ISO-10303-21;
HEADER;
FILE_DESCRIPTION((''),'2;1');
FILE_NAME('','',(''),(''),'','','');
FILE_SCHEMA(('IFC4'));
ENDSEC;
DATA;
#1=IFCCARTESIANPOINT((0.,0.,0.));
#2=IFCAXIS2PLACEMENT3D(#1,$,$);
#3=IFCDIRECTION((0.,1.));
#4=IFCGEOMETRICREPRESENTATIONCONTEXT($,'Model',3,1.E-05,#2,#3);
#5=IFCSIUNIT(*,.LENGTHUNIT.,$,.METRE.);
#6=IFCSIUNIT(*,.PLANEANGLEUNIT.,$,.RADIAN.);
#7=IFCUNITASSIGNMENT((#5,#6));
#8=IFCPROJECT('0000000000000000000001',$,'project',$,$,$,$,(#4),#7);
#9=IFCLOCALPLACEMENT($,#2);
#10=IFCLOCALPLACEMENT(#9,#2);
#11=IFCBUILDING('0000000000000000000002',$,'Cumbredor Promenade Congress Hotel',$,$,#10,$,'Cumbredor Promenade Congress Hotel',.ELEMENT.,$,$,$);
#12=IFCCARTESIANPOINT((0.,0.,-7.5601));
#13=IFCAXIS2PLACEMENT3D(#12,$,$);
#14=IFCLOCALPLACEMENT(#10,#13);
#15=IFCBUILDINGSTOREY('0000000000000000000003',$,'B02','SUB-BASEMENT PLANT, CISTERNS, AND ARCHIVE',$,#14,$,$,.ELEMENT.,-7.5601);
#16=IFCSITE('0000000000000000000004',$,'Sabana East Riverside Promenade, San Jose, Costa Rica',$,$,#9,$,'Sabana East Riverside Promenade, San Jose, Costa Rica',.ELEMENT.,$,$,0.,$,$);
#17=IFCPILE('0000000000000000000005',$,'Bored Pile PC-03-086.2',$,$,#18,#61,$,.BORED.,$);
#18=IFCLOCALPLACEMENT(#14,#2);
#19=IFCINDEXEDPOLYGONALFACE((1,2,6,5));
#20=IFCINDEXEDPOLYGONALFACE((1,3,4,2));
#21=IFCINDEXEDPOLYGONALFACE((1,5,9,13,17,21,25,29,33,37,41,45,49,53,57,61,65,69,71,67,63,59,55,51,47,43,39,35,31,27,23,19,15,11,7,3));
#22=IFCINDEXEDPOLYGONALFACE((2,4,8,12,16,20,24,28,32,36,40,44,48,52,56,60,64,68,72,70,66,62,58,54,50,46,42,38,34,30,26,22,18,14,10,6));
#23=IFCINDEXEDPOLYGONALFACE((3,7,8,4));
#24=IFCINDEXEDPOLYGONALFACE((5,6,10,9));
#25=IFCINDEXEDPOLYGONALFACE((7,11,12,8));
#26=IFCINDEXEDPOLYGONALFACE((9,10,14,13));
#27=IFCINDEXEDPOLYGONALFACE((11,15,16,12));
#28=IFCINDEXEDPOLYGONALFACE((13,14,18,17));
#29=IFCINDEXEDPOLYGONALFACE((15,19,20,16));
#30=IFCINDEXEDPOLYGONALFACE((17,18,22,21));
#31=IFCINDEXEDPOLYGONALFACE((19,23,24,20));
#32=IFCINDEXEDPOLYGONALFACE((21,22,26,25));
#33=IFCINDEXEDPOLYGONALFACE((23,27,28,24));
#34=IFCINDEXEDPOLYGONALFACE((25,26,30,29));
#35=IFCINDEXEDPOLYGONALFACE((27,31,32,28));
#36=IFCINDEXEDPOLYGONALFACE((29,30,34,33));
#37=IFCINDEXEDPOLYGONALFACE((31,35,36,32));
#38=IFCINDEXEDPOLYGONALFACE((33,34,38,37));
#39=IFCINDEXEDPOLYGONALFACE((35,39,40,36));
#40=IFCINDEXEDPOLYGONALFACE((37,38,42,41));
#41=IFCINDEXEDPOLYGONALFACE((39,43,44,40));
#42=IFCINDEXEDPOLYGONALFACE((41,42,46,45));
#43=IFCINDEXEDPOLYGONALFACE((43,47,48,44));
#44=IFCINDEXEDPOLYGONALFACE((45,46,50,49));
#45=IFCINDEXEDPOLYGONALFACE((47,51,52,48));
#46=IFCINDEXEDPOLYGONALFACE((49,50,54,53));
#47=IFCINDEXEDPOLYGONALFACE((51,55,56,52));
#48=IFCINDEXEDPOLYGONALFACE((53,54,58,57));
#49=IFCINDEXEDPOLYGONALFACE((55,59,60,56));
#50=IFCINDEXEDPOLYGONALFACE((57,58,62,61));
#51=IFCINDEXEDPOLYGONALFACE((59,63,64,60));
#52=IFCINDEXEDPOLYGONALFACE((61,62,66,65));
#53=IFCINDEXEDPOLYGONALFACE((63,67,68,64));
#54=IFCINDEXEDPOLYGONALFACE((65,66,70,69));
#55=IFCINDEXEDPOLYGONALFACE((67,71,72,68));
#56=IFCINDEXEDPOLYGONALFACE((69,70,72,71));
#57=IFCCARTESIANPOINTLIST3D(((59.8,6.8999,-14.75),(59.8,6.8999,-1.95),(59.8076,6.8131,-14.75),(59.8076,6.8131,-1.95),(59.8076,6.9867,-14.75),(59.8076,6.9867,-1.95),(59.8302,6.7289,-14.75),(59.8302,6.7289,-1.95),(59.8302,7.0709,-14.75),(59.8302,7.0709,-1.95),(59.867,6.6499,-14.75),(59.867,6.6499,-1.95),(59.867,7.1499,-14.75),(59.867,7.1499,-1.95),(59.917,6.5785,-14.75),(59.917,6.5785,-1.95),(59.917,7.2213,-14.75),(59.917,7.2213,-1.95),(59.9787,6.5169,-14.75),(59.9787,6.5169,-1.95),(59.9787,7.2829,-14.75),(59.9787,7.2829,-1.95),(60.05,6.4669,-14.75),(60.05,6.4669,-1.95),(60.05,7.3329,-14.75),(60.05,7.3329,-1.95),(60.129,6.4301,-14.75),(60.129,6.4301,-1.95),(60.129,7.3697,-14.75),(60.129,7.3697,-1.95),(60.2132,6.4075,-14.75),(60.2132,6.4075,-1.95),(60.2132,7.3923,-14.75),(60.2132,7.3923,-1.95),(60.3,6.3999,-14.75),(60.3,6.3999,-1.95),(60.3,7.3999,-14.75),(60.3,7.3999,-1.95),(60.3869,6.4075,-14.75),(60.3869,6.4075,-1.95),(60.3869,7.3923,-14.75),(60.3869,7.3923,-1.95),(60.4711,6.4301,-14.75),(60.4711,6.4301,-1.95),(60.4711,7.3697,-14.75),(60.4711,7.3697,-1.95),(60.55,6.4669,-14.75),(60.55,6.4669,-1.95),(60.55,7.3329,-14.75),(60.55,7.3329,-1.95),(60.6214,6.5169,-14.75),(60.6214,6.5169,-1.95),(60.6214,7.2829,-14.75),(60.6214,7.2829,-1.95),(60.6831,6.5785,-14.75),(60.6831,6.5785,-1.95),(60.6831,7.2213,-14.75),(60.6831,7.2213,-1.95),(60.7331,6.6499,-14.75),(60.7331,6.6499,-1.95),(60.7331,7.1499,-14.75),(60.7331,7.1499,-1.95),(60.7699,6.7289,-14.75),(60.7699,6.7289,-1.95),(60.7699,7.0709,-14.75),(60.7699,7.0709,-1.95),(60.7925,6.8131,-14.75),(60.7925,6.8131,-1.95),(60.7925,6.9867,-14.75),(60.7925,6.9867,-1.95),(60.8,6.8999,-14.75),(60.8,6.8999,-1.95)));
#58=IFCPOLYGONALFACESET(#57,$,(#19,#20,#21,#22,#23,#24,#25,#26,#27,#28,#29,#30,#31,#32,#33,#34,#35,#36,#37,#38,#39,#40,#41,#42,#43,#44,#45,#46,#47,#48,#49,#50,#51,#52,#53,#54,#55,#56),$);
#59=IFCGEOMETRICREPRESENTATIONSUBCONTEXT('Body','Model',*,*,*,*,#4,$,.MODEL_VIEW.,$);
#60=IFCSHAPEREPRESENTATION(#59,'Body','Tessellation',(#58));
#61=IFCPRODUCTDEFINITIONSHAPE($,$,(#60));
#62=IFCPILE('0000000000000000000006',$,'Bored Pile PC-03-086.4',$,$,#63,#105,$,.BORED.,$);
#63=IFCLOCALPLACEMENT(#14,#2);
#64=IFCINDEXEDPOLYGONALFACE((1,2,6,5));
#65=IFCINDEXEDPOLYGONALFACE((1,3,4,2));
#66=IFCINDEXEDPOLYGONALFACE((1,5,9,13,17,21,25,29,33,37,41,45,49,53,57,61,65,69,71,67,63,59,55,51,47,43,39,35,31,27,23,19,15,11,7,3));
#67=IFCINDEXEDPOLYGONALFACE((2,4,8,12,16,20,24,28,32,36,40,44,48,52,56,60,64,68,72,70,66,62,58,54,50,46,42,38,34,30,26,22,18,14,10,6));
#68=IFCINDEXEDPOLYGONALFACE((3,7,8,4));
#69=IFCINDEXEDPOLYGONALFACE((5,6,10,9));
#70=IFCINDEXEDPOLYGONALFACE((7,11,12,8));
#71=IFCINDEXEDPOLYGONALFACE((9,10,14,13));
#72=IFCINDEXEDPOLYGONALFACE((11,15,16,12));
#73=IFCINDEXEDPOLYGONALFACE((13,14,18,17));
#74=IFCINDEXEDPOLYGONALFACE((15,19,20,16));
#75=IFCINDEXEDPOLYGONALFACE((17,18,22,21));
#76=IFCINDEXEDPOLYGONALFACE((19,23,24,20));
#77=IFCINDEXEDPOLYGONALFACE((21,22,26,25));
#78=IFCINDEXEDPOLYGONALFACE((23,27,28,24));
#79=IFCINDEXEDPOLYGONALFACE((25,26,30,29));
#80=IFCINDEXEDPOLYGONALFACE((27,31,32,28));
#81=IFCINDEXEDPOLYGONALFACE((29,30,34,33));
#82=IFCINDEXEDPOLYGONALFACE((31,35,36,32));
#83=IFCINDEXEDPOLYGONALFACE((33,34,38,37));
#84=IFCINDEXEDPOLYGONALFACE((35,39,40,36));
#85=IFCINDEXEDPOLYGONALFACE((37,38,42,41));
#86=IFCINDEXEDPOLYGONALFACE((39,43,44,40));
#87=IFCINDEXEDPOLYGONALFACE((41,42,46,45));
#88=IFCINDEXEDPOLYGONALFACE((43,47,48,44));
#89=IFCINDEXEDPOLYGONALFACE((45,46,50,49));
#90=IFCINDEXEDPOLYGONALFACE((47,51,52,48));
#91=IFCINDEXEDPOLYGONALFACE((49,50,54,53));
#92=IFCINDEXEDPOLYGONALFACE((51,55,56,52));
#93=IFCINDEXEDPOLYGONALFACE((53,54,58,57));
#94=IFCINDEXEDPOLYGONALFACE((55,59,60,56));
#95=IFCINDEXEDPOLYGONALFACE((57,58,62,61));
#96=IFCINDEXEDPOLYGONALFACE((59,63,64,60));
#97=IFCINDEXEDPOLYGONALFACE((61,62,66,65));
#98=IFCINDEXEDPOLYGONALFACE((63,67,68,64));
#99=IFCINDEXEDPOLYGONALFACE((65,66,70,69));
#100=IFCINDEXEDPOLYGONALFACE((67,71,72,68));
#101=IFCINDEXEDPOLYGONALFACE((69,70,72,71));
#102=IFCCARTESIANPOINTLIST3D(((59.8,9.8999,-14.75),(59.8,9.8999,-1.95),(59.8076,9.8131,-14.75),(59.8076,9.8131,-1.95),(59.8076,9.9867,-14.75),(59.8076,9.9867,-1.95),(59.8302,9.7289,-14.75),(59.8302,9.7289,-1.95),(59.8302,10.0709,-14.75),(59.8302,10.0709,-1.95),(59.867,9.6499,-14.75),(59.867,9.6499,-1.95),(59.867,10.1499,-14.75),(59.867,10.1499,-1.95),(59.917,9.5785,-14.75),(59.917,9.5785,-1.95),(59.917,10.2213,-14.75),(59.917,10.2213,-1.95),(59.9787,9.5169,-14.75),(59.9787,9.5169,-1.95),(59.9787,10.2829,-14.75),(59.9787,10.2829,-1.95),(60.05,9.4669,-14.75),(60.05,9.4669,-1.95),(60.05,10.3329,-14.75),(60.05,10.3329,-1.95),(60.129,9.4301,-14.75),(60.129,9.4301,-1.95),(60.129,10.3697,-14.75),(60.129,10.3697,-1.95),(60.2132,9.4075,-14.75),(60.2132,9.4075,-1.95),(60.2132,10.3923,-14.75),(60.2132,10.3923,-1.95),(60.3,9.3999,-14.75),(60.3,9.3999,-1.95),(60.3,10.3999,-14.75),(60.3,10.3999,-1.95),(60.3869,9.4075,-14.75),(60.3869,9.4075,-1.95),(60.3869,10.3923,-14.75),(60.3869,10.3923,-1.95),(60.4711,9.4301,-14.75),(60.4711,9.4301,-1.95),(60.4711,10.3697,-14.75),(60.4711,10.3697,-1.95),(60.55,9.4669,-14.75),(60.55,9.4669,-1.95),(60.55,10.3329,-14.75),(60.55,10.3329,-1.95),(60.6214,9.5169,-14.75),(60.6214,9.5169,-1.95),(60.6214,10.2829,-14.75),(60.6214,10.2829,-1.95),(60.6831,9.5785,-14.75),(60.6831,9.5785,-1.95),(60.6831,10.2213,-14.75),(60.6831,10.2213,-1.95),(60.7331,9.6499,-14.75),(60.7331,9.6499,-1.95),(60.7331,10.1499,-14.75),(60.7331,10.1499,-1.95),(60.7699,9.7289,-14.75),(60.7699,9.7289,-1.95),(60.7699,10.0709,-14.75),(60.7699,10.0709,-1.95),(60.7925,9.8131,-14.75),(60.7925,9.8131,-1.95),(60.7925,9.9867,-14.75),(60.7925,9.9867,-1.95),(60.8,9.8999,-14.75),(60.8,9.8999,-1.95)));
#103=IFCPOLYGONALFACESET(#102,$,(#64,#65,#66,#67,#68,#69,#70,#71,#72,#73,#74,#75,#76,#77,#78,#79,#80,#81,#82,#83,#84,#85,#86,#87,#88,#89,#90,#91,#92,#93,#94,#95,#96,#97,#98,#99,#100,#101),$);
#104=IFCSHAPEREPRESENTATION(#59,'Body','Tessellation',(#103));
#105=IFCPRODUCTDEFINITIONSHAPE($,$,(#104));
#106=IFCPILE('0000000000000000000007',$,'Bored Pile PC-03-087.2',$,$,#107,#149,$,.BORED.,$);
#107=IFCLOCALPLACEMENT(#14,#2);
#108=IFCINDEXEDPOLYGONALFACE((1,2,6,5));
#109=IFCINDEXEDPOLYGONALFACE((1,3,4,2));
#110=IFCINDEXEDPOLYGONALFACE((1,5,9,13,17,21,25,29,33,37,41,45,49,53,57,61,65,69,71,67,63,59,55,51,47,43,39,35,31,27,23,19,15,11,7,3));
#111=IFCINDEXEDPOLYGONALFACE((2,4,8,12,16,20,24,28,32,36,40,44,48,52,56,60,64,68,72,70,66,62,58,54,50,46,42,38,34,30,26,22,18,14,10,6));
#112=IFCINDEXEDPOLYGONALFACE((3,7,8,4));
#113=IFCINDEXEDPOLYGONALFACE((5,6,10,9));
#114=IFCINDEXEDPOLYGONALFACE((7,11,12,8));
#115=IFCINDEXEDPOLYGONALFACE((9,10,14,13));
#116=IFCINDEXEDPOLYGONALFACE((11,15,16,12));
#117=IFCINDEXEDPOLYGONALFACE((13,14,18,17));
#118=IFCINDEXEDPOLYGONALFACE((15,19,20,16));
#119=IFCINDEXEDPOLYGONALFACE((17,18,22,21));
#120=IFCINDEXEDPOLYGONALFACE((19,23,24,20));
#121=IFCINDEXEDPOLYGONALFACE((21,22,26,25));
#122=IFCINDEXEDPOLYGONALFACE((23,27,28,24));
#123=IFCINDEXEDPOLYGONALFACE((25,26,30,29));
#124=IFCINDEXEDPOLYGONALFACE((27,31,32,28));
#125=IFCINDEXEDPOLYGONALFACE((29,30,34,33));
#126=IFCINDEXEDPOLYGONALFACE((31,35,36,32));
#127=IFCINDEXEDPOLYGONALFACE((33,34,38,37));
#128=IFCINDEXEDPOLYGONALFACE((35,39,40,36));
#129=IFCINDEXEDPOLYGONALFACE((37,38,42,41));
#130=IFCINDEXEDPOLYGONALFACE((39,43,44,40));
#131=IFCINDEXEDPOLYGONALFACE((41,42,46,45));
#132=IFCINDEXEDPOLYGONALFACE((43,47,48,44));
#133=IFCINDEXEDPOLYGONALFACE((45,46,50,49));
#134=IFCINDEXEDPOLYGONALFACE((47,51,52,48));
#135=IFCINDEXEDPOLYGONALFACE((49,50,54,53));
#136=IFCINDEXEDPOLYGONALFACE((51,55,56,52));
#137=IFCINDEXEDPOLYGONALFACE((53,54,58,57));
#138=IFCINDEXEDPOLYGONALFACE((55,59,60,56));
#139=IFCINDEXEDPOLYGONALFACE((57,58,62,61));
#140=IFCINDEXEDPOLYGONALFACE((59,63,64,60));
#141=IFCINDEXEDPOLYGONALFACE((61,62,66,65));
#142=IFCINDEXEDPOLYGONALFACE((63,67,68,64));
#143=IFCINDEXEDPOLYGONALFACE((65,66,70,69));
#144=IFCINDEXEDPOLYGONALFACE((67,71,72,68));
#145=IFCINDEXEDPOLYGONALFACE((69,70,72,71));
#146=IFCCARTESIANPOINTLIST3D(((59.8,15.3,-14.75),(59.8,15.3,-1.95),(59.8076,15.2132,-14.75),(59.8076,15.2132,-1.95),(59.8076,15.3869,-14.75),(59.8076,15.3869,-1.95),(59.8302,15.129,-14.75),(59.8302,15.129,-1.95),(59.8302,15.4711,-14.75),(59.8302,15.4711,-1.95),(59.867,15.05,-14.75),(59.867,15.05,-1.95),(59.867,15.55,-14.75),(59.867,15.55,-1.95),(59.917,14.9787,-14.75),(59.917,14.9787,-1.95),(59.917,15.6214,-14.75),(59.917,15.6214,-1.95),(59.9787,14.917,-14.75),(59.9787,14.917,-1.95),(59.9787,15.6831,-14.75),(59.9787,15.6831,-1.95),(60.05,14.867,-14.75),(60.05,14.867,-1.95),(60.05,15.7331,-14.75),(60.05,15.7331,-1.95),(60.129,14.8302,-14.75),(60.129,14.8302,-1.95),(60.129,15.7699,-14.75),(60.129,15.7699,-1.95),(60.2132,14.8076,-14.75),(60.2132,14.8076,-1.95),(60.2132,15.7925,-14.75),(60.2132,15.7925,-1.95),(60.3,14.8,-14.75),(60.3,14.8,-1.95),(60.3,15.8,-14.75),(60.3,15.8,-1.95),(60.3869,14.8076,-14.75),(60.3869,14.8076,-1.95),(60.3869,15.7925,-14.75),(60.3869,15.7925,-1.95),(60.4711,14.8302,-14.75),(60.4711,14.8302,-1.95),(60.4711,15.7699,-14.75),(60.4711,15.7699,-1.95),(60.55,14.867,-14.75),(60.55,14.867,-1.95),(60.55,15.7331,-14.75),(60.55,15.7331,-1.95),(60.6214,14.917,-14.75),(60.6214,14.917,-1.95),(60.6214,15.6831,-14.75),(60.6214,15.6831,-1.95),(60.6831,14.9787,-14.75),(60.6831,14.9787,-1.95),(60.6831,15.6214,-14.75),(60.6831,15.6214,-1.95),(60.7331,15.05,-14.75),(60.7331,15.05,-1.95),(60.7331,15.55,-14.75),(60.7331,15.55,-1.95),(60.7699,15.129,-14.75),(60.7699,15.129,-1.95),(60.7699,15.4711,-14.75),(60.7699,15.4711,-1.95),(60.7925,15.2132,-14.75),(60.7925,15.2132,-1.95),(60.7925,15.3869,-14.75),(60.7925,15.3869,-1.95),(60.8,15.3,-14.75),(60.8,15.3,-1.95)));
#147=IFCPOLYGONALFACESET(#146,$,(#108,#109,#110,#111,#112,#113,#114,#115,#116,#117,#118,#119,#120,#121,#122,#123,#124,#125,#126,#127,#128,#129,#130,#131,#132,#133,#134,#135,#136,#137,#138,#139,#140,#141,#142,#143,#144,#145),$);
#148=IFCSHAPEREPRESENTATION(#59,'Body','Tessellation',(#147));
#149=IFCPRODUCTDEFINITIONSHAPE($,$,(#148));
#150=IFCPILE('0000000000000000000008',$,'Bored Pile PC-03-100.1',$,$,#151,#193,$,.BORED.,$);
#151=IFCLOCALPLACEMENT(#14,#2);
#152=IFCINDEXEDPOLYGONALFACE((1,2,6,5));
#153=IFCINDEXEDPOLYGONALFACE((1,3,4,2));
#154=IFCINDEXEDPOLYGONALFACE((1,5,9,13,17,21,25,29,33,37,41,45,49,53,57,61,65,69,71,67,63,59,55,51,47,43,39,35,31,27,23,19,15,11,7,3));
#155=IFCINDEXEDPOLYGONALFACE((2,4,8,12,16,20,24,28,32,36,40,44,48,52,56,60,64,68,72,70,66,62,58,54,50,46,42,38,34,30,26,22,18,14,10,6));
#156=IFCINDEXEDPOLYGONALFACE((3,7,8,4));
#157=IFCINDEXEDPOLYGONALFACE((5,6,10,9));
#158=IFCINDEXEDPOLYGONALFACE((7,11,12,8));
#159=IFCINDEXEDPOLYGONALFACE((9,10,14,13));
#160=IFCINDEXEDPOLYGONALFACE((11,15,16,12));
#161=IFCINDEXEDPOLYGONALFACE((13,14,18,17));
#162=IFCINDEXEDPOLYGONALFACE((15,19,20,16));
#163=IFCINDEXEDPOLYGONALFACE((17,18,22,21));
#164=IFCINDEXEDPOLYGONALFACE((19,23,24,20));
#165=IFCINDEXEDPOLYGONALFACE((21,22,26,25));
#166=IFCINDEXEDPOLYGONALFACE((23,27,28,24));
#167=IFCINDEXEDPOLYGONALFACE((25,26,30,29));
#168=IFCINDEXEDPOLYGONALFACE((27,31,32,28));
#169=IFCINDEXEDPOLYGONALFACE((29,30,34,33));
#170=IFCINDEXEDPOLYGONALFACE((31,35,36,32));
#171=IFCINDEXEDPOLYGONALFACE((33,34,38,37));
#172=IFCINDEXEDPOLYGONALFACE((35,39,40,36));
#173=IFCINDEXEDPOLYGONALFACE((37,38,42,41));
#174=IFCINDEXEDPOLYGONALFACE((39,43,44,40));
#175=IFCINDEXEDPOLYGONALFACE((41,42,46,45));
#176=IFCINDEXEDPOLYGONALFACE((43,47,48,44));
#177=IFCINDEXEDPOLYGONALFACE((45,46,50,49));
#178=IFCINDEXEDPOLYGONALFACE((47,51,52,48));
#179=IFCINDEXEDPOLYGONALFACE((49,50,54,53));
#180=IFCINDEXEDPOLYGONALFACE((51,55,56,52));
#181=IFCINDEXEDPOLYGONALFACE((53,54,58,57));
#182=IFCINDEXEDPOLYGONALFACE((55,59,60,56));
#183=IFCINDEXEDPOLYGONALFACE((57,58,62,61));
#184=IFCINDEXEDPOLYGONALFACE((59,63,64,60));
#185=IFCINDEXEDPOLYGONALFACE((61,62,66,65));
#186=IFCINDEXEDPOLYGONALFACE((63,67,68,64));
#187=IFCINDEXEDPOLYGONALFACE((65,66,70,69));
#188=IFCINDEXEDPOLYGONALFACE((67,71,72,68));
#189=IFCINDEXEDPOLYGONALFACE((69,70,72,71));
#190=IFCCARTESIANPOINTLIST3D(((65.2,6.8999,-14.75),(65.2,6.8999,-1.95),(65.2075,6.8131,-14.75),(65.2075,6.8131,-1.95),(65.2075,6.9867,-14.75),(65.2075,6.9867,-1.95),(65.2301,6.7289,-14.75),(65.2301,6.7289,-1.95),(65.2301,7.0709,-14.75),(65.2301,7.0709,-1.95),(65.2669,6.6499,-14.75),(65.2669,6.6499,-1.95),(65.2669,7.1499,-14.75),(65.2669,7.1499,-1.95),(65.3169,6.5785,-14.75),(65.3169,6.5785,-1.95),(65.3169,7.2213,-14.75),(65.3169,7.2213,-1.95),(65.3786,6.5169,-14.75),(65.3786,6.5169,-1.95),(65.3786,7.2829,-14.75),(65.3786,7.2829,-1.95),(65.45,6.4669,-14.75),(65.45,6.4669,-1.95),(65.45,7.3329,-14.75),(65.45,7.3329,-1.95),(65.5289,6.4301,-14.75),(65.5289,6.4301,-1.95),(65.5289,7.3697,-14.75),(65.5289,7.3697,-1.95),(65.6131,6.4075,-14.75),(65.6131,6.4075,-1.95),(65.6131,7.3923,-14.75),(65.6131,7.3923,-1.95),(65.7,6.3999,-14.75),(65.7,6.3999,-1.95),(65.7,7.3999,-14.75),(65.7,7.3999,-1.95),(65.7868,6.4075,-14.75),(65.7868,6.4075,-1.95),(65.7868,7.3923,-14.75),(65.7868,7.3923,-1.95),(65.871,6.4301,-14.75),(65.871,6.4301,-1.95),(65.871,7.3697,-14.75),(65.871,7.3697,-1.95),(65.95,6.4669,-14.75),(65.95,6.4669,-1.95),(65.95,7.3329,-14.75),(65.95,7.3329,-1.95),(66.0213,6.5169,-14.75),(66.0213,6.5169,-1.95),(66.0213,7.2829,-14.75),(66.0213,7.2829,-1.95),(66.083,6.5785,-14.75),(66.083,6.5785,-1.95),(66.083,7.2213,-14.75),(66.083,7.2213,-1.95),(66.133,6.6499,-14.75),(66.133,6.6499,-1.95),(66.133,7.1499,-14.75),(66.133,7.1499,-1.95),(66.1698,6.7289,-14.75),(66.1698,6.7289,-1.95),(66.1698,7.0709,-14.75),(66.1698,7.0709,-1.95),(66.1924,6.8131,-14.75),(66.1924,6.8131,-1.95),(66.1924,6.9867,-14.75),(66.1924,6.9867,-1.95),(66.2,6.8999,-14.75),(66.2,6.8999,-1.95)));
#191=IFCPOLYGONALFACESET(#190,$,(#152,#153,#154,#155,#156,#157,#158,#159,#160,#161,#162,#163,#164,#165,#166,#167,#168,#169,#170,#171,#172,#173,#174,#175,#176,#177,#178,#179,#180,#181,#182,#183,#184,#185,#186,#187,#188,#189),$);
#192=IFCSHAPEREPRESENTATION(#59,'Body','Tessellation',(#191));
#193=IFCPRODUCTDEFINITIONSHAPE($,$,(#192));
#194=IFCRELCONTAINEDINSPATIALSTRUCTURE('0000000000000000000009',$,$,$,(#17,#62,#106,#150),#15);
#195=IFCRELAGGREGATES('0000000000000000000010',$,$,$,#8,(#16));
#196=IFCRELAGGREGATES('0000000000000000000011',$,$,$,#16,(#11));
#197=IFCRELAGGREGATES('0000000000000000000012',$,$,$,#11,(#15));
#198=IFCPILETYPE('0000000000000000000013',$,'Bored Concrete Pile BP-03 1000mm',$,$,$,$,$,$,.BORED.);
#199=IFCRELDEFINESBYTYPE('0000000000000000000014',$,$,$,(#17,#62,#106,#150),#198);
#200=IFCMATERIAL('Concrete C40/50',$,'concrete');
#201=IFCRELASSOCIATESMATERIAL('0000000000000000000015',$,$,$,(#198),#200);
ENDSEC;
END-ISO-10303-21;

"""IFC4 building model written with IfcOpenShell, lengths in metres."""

from ifc_helpers import new_model, si_unit, direction, frame, origin, origin_2d, place, context, subcontext, project, spatial, circle, extrude, material, material_profile, profile_set, type_object, element, save


model = new_model("IFC4")

# Units and contexts
model_context = context("Model", 3, precision=1e-05, world=origin(), true_north=direction((0.0, 1.0)))
body_context = subcontext(model_context, "Body", "Model", "MODEL_VIEW")
ifc_project = project(units=[si_unit("LENGTHUNIT", "METRE"), si_unit("PLANEANGLEUNIT", "RADIAN")], contexts=[model_context])

# Site, building, storey
site_placement = place(None, origin())
site = spatial("IfcSite", under=ifc_project, at=site_placement, Name="Sabana East Riverside Promenade, San Jose, Costa Rica", LongName="Sabana East Riverside Promenade, San Jose, Costa Rica", CompositionType="ELEMENT", RefElevation=0.0)
building_placement = place(site_placement, origin())
building = spatial("IfcBuilding", under=site, at=building_placement, Name="Cumbredor Promenade Congress Hotel", LongName="Cumbredor Promenade Congress Hotel", CompositionType="ELEMENT")
storey_placement = place(building_placement, frame((0.0, 0.0, -7.5601)))
storey = spatial("IfcBuildingStorey", under=building, at=storey_placement, Name="B02", Description="SUB-BASEMENT PLANT, CISTERNS, AND ARCHIVE", CompositionType="ELEMENT", Elevation=-7.5601)

# Piles
ifc_material_1 = material(Name="Concrete C40/50", Category="concrete")
ifc_material_profile_1 = material_profile(ifc_material_1, circle(Radius=0.5, at=origin_2d()), Name="PILE D1000")
ifc_profile_set_1 = profile_set([ifc_material_profile_1], Name="Concrete C40/50")
pile_type = type_object("IfcPileType", Name="Bored Concrete Pile BP-03 1000mm", PredefinedType="BORED", material=ifc_profile_set_1)
for number, where, z_axis, x_axis, name in (
    (1, (60.3, 6.8999, -1.95), (0.0, 0.0, -1.0), (1.0, 0.0, 0.0), "Bored Pile PC-03-086.2"),
    (2, (60.3, 9.8999, -1.95), (0.0, 0.0, -1.0), (1.0, 0.0, 0.0), "Bored Pile PC-03-086.4"),
    (3, (60.3, 15.3, -1.95), (0.0, 0.0, -1.0), (1.0, 0.0, 0.0), "Bored Pile PC-03-087.2"),
    (4, (65.7, 6.8999, -1.95), (0.0, 0.0, -1.0), (1.0, 0.0, 0.0), "Bored Pile PC-03-100.1"),
):
    element("IfcPile", number, at=place(storey_placement, frame(where, z_axis=z_axis, x_axis=x_axis)), inside=storey, type_object=pile_type, Name=name, PredefinedType="BORED", context=body_context, shape_type="SweptSolid", body=[
        extrude(circle(Radius=0.5, at=origin_2d()), origin(), (0.0, 0.0, 1.0), 12.8),
    ])

save(model, "model.ifc")
